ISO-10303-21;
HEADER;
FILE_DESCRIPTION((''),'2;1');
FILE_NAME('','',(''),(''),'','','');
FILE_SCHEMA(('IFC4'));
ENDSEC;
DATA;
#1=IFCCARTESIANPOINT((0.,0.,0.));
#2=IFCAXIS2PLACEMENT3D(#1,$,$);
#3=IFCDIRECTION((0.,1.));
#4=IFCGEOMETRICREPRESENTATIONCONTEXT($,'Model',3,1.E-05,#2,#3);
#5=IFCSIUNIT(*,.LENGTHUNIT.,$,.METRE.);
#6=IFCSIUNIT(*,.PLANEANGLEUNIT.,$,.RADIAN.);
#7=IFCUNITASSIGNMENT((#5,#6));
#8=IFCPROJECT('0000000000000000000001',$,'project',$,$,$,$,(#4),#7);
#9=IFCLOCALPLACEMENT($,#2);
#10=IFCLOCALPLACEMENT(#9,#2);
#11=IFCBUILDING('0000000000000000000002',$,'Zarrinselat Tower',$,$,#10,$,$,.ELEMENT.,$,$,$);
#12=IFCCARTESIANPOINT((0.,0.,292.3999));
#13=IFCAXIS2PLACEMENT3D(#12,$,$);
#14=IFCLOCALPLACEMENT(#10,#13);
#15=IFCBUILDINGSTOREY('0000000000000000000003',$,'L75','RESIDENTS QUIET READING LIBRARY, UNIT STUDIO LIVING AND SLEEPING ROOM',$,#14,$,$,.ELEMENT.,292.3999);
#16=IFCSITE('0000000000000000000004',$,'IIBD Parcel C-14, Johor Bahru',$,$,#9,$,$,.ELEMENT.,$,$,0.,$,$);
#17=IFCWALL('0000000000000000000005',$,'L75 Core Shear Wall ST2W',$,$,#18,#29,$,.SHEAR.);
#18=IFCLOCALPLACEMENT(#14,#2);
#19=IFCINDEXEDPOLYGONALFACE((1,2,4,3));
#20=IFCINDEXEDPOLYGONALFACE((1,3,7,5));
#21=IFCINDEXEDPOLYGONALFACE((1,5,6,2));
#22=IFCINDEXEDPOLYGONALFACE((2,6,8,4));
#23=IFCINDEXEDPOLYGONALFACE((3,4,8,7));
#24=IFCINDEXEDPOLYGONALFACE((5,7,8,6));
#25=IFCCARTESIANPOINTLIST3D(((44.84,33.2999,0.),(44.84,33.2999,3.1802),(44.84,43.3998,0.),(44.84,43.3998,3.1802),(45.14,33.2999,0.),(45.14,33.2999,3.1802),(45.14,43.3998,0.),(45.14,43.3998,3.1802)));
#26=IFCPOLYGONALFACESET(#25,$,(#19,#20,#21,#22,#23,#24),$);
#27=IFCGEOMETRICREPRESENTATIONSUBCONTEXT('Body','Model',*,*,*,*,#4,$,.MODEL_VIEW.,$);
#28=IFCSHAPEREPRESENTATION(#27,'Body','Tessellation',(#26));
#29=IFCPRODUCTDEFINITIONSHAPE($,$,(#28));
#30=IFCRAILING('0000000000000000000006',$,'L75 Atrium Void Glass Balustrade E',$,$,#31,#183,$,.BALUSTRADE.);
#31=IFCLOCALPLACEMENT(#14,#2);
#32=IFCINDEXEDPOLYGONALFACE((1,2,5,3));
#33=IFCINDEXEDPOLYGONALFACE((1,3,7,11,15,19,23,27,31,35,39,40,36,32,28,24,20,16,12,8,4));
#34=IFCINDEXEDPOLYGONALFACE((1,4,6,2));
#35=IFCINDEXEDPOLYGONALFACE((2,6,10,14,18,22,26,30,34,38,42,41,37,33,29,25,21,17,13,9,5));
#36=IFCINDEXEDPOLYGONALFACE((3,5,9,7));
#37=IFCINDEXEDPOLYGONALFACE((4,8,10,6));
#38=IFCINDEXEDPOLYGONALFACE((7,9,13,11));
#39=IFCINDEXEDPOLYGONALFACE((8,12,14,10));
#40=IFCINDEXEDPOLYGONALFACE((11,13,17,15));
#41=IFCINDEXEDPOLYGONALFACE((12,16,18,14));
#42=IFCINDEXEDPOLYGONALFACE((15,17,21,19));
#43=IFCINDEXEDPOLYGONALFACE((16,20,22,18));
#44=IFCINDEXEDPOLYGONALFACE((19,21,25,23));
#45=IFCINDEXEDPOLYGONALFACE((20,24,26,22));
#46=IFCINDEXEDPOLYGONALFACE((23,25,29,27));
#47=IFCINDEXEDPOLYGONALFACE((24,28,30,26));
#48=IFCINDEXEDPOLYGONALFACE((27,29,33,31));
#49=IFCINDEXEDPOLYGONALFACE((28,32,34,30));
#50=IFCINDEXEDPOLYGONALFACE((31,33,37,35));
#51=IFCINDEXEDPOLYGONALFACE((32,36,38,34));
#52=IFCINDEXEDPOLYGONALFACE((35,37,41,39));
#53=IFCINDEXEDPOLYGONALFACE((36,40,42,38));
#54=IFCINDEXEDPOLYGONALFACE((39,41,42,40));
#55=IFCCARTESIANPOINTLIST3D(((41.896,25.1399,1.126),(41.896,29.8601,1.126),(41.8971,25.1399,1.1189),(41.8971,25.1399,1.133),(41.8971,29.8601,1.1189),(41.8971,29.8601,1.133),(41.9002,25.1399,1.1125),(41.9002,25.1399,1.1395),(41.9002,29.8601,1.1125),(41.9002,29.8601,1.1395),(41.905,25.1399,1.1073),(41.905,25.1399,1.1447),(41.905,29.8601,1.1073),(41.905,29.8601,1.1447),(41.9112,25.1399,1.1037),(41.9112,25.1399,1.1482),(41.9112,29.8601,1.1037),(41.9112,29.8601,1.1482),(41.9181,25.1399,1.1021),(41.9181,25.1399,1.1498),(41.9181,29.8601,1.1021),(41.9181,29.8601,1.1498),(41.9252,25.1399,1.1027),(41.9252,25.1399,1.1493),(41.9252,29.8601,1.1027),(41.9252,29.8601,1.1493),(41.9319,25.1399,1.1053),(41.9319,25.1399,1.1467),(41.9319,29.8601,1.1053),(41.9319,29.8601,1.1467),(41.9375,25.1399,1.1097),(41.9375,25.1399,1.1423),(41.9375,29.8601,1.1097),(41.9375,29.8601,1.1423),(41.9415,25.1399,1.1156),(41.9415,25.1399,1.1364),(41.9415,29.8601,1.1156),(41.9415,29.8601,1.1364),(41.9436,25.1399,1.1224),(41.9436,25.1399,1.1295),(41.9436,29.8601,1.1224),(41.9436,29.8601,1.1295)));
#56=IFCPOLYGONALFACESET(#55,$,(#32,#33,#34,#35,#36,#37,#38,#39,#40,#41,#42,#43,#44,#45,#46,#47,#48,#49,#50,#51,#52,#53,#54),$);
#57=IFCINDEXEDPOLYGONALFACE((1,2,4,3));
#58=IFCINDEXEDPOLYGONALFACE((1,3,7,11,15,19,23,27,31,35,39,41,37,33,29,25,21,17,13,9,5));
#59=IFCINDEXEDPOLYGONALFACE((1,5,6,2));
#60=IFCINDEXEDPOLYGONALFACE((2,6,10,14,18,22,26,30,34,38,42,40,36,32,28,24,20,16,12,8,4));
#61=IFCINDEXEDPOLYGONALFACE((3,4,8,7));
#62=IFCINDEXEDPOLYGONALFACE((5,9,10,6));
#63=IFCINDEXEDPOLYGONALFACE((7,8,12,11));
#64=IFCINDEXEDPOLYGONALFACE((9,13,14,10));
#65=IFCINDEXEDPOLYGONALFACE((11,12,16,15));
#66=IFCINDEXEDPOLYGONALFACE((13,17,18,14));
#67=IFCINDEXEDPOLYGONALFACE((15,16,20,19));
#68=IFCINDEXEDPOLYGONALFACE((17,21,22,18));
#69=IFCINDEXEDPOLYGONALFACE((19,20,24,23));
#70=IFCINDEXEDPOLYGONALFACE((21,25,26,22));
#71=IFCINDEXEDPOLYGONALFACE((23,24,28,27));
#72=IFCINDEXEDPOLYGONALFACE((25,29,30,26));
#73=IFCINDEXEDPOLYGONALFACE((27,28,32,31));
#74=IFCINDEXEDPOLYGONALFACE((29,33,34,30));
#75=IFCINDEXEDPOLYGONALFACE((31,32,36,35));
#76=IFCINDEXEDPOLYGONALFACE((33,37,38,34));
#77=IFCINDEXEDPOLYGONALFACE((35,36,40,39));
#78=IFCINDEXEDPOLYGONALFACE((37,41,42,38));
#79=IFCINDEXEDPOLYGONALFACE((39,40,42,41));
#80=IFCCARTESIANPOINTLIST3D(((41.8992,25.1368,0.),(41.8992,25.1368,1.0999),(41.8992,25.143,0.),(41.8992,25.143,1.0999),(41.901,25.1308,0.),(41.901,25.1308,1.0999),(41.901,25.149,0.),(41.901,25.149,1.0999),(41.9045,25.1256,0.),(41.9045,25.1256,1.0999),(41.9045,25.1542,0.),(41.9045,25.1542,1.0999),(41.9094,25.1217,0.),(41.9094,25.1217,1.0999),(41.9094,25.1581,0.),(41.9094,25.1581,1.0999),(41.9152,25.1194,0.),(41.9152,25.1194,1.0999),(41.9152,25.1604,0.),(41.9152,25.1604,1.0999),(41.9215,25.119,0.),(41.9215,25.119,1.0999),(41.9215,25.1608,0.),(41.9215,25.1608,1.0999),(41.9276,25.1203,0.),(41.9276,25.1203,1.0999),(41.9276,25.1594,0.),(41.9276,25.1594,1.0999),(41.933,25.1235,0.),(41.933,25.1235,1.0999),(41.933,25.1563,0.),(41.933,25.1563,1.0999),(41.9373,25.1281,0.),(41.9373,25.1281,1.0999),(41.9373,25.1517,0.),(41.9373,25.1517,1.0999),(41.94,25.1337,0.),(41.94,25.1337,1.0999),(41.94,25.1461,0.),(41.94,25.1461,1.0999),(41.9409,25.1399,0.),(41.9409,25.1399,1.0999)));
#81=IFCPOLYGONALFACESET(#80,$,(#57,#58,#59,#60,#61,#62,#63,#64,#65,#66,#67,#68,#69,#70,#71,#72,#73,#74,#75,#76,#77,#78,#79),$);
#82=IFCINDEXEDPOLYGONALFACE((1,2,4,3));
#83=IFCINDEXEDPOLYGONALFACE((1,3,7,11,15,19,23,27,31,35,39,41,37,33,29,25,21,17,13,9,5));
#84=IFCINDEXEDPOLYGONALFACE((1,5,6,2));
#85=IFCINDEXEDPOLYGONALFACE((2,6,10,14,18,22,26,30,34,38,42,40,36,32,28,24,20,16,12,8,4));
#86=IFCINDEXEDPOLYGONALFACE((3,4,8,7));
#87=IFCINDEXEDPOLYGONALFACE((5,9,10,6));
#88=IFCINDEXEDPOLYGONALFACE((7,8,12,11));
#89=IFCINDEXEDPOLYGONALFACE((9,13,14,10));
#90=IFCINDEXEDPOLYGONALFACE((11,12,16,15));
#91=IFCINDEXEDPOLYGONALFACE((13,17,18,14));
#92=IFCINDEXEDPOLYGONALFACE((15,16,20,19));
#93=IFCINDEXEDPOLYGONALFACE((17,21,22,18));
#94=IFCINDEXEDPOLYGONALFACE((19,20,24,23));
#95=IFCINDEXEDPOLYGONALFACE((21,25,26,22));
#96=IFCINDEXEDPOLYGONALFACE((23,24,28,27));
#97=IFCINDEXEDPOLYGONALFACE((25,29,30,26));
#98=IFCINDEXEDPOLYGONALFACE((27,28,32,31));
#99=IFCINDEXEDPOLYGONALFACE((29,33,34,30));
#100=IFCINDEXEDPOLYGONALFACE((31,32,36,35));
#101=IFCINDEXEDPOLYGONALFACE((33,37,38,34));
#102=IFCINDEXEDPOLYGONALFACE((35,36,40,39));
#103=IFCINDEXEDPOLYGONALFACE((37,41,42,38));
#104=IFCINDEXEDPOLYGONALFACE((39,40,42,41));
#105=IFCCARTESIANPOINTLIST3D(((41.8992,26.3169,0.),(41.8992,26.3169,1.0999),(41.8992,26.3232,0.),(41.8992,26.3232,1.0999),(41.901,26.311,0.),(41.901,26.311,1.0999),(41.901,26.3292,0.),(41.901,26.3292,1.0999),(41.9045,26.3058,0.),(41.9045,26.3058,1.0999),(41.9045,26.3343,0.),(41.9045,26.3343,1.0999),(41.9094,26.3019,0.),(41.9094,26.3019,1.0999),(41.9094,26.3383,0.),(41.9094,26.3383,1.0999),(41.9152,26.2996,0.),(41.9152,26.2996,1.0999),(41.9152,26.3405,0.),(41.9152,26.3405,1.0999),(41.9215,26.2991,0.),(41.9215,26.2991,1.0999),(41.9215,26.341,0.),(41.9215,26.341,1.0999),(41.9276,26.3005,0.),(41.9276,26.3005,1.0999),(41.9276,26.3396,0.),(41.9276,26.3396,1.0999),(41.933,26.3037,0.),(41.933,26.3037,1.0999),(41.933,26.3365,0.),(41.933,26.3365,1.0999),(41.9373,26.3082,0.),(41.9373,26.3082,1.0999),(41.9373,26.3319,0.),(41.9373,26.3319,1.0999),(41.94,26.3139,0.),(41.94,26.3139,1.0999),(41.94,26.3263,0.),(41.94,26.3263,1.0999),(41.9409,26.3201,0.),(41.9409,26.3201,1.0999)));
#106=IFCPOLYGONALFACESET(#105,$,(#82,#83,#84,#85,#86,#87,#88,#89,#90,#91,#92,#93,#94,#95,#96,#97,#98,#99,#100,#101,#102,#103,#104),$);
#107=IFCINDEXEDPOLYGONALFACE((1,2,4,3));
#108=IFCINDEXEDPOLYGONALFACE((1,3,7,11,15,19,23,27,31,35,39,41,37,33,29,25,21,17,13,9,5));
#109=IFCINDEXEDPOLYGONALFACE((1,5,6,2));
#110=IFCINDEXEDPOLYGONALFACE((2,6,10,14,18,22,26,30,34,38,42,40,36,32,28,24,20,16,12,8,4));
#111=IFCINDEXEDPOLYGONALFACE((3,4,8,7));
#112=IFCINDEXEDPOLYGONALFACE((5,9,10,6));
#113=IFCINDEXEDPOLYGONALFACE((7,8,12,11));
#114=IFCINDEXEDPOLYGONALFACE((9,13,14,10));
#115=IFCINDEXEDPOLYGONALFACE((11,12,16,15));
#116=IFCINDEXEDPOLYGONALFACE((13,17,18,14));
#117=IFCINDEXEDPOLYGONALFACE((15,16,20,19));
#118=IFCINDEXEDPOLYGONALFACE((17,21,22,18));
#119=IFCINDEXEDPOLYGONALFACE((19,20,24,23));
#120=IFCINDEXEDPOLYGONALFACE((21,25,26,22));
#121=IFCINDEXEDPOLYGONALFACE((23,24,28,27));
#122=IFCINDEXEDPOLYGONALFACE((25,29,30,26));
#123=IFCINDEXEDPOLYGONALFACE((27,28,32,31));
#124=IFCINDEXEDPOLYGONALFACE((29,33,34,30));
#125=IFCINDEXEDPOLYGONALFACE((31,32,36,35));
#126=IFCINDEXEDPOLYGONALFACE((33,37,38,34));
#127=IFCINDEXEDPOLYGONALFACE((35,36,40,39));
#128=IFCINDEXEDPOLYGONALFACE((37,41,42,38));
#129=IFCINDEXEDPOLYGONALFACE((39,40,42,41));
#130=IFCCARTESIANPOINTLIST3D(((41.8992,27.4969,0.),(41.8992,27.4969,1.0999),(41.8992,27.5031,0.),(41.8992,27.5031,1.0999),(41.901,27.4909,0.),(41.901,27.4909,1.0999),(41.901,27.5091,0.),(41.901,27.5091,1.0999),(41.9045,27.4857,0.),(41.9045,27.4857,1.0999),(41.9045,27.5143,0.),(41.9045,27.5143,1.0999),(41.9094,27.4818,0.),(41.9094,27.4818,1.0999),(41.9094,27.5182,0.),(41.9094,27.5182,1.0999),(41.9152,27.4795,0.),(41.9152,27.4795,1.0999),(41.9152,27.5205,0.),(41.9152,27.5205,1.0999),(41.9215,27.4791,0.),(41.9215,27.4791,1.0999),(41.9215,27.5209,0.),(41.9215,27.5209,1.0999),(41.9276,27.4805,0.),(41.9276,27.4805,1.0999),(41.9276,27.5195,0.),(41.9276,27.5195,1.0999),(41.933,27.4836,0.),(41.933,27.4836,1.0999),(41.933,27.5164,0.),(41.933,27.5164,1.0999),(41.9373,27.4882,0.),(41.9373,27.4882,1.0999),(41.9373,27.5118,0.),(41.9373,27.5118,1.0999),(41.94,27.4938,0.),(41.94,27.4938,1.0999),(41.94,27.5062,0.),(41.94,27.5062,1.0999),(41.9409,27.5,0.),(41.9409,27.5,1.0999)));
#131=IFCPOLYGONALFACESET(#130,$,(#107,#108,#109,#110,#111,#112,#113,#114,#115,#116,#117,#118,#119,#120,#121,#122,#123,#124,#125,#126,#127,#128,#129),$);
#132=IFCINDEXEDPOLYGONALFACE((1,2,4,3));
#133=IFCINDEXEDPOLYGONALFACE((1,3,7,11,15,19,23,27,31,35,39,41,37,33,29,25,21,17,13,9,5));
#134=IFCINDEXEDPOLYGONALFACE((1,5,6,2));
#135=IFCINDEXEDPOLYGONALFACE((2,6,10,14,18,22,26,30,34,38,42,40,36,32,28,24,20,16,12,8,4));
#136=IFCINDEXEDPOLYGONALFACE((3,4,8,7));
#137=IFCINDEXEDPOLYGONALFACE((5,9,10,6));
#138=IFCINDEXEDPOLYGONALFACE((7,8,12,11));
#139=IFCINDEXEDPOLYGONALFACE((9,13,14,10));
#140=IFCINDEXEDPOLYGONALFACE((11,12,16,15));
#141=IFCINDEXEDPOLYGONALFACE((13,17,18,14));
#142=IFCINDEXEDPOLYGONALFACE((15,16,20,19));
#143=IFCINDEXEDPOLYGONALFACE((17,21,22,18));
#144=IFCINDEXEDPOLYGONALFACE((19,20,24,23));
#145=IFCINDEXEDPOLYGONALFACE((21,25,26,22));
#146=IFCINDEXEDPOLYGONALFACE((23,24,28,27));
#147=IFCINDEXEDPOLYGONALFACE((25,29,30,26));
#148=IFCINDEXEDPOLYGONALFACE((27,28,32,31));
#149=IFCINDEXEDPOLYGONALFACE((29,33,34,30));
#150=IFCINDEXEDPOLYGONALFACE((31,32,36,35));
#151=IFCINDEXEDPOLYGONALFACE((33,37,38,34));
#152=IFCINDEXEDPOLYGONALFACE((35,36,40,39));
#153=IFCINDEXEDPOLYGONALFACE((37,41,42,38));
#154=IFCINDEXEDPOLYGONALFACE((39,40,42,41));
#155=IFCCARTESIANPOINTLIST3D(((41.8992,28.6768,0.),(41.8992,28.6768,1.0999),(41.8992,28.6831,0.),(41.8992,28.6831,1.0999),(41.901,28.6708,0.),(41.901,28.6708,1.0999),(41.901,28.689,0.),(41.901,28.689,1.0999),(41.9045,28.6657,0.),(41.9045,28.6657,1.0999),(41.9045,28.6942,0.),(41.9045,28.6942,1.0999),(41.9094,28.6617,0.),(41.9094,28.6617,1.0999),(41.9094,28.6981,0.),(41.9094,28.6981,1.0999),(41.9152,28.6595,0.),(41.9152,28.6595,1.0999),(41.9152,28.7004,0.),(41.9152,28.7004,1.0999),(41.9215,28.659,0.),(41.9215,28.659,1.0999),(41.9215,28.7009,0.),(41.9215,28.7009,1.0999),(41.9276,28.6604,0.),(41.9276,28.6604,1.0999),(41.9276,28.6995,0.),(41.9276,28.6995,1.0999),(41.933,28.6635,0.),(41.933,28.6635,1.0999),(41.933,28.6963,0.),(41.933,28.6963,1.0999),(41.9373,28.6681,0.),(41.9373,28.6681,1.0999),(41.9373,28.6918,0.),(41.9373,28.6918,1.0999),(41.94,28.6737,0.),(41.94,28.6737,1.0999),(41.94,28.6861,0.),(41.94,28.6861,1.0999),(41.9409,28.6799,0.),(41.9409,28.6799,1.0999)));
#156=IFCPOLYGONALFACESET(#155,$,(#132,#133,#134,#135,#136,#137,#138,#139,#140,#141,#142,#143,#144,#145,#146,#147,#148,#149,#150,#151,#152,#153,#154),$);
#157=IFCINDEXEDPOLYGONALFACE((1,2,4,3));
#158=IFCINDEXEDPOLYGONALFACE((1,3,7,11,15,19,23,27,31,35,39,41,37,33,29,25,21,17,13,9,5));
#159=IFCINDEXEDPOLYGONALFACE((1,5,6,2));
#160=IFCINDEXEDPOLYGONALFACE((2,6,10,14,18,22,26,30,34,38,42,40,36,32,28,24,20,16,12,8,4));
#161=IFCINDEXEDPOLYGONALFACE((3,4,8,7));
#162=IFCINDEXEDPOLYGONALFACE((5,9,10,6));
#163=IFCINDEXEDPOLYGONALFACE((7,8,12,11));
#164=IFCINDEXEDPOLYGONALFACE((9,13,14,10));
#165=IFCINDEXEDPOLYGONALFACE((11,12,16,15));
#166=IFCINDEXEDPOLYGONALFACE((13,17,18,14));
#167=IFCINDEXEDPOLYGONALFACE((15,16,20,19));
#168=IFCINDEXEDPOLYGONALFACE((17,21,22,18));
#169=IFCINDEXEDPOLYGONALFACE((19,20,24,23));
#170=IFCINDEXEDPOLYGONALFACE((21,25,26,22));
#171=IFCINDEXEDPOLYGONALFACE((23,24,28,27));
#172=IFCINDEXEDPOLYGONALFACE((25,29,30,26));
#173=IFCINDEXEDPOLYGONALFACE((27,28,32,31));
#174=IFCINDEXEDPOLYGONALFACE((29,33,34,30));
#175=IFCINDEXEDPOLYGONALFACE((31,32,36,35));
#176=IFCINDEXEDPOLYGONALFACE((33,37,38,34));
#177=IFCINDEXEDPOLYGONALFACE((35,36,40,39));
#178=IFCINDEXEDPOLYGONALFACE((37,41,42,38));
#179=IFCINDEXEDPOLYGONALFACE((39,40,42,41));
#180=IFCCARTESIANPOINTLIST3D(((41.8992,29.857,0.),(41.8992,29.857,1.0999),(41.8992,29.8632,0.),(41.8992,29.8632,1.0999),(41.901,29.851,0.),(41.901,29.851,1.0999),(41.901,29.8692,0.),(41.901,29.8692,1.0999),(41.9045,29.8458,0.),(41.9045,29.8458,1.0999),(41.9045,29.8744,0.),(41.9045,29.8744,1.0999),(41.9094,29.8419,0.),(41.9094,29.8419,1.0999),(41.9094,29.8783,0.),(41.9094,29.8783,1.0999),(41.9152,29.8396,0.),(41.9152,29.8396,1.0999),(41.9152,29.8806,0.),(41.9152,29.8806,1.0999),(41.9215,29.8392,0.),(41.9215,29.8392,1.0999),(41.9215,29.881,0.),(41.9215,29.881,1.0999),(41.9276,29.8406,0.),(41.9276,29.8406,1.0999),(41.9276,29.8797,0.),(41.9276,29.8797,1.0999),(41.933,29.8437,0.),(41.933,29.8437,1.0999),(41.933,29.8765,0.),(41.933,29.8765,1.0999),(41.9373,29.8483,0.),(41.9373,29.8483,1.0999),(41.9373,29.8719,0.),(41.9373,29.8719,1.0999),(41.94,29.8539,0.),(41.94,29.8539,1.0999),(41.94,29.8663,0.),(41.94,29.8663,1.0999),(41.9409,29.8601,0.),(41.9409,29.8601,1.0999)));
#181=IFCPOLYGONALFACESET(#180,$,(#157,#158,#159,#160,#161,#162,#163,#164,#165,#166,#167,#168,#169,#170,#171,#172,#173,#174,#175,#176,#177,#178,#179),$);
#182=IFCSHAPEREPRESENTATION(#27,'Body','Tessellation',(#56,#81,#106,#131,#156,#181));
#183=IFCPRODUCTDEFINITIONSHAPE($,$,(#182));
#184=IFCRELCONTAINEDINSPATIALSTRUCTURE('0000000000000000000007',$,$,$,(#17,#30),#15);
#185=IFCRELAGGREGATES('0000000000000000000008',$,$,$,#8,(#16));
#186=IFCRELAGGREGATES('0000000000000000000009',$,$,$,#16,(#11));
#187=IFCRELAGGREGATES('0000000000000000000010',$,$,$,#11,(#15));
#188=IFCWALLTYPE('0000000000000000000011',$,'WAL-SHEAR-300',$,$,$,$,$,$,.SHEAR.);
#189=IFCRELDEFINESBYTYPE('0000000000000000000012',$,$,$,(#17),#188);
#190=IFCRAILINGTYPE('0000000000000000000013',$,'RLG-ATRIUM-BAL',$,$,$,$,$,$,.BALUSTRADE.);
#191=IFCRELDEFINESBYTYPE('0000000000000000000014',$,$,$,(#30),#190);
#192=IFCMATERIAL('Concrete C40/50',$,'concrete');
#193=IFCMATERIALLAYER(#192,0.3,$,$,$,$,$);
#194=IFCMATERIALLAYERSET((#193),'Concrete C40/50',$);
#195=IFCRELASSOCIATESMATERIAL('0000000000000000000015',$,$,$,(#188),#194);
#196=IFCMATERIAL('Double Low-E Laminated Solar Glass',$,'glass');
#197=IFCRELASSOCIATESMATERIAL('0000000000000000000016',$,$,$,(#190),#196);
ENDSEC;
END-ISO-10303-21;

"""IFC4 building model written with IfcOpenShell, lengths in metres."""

from ifc_helpers import new_model, si_unit, direction, frame, frame_2d, origin, origin_2d, place, context, subcontext, project, spatial, rectangle, circle, extrude, material, layer, layer_set, type_object, element, save


model = new_model("IFC4")

# Units and contexts
model_context = context("Model", 3, precision=1e-05, world=origin(), true_north=direction((0.0, 1.0)))
body_context = subcontext(model_context, "Body", "Model", "MODEL_VIEW")
ifc_project = project(units=[si_unit("LENGTHUNIT", "METRE"), si_unit("PLANEANGLEUNIT", "RADIAN")], contexts=[model_context])

# Site, building, storey
site_placement = place(None, origin())
site = spatial("IfcSite", under=ifc_project, at=site_placement, Name="IIBD Parcel C-14, Johor Bahru", CompositionType="ELEMENT", RefElevation=0.0)
building_placement = place(site_placement, origin())
building = spatial("IfcBuilding", under=site, at=building_placement, Name="Zarrinselat Tower", CompositionType="ELEMENT")
storey_placement = place(building_placement, frame((0.0, 0.0, 292.3999)))
storey = spatial("IfcBuildingStorey", under=building, at=storey_placement, Name="L75", Description="RESIDENTS QUIET READING LIBRARY, UNIT STUDIO LIVING AND SLEEPING ROOM", CompositionType="ELEMENT", Elevation=292.3999)

# Wall
ifc_material_1 = material(Name="Concrete C40/50", Category="concrete")
ifc_layer_1 = layer(ifc_material_1, 0.3)
ifc_layer_set_1 = layer_set([ifc_layer_1], Name="Concrete C40/50")
wall_type_1 = type_object("IfcWallType", Name="WAL-SHEAR-300", PredefinedType="SHEAR", material=ifc_layer_set_1)
wall_1_placement = place(storey_placement, frame((44.99, 33.3, 0.0), z_axis=(0.0, 0.0, 1.0), x_axis=(0.0, 1.0, 0.0)))
element("IfcWall", 1, at=wall_1_placement, inside=storey, type_object=wall_type_1, Name="L75 Core Shear Wall ST2W", PredefinedType="SHEAR", context=body_context, shape_type="SweptSolid", body=[
    extrude(rectangle(XDim=10.0999, YDim=0.3, at=frame_2d((5.0498, 0.0))), origin(), (0.0, 0.0, 1.0), 3.1802),
])

# Railing
ifc_material_2 = material(Name="Double Low-E Laminated Solar Glass", Category="glass")
railing_type = type_object("IfcRailingType", Name="RLG-ATRIUM-BAL", PredefinedType="BALUSTRADE", material=ifc_material_2)
railing_1_placement = place(storey_placement, frame((41.9199, 25.1399, 0.0)))
element("IfcRailing", 2, at=railing_1_placement, inside=storey, type_object=railing_type, Name="L75 Atrium Void Glass Balustrade E", PredefinedType="BALUSTRADE", context=body_context, shape_type="SweptSolid", body=[
    extrude(circle(Radius=0.0239, at=origin_2d()), frame((0.0, 0.0, 1.126), z_axis=(0.0, 1.0, 0.0), x_axis=(-1.0, 0.0, 0.0)), (0.0, 0.0, 1.0), 4.7202),
    extrude(circle(Radius=0.021, at=origin_2d()), origin(), (0.0, 0.0, 1.0), 1.0999),
    extrude(circle(Radius=0.021, at=origin_2d()), frame((0.0, 1.1802, 0.0)), (0.0, 0.0, 1.0), 1.0999),
    extrude(circle(Radius=0.021, at=origin_2d()), frame((0.0, 2.3601, 0.0)), (0.0, 0.0, 1.0), 1.0999),
    extrude(circle(Radius=0.021, at=origin_2d()), frame((0.0, 3.54, 0.0)), (0.0, 0.0, 1.0), 1.0999),
    extrude(circle(Radius=0.021, at=origin_2d()), frame((0.0, 4.7202, 0.0)), (0.0, 0.0, 1.0), 1.0999),
])

save(model, "model.ifc")
